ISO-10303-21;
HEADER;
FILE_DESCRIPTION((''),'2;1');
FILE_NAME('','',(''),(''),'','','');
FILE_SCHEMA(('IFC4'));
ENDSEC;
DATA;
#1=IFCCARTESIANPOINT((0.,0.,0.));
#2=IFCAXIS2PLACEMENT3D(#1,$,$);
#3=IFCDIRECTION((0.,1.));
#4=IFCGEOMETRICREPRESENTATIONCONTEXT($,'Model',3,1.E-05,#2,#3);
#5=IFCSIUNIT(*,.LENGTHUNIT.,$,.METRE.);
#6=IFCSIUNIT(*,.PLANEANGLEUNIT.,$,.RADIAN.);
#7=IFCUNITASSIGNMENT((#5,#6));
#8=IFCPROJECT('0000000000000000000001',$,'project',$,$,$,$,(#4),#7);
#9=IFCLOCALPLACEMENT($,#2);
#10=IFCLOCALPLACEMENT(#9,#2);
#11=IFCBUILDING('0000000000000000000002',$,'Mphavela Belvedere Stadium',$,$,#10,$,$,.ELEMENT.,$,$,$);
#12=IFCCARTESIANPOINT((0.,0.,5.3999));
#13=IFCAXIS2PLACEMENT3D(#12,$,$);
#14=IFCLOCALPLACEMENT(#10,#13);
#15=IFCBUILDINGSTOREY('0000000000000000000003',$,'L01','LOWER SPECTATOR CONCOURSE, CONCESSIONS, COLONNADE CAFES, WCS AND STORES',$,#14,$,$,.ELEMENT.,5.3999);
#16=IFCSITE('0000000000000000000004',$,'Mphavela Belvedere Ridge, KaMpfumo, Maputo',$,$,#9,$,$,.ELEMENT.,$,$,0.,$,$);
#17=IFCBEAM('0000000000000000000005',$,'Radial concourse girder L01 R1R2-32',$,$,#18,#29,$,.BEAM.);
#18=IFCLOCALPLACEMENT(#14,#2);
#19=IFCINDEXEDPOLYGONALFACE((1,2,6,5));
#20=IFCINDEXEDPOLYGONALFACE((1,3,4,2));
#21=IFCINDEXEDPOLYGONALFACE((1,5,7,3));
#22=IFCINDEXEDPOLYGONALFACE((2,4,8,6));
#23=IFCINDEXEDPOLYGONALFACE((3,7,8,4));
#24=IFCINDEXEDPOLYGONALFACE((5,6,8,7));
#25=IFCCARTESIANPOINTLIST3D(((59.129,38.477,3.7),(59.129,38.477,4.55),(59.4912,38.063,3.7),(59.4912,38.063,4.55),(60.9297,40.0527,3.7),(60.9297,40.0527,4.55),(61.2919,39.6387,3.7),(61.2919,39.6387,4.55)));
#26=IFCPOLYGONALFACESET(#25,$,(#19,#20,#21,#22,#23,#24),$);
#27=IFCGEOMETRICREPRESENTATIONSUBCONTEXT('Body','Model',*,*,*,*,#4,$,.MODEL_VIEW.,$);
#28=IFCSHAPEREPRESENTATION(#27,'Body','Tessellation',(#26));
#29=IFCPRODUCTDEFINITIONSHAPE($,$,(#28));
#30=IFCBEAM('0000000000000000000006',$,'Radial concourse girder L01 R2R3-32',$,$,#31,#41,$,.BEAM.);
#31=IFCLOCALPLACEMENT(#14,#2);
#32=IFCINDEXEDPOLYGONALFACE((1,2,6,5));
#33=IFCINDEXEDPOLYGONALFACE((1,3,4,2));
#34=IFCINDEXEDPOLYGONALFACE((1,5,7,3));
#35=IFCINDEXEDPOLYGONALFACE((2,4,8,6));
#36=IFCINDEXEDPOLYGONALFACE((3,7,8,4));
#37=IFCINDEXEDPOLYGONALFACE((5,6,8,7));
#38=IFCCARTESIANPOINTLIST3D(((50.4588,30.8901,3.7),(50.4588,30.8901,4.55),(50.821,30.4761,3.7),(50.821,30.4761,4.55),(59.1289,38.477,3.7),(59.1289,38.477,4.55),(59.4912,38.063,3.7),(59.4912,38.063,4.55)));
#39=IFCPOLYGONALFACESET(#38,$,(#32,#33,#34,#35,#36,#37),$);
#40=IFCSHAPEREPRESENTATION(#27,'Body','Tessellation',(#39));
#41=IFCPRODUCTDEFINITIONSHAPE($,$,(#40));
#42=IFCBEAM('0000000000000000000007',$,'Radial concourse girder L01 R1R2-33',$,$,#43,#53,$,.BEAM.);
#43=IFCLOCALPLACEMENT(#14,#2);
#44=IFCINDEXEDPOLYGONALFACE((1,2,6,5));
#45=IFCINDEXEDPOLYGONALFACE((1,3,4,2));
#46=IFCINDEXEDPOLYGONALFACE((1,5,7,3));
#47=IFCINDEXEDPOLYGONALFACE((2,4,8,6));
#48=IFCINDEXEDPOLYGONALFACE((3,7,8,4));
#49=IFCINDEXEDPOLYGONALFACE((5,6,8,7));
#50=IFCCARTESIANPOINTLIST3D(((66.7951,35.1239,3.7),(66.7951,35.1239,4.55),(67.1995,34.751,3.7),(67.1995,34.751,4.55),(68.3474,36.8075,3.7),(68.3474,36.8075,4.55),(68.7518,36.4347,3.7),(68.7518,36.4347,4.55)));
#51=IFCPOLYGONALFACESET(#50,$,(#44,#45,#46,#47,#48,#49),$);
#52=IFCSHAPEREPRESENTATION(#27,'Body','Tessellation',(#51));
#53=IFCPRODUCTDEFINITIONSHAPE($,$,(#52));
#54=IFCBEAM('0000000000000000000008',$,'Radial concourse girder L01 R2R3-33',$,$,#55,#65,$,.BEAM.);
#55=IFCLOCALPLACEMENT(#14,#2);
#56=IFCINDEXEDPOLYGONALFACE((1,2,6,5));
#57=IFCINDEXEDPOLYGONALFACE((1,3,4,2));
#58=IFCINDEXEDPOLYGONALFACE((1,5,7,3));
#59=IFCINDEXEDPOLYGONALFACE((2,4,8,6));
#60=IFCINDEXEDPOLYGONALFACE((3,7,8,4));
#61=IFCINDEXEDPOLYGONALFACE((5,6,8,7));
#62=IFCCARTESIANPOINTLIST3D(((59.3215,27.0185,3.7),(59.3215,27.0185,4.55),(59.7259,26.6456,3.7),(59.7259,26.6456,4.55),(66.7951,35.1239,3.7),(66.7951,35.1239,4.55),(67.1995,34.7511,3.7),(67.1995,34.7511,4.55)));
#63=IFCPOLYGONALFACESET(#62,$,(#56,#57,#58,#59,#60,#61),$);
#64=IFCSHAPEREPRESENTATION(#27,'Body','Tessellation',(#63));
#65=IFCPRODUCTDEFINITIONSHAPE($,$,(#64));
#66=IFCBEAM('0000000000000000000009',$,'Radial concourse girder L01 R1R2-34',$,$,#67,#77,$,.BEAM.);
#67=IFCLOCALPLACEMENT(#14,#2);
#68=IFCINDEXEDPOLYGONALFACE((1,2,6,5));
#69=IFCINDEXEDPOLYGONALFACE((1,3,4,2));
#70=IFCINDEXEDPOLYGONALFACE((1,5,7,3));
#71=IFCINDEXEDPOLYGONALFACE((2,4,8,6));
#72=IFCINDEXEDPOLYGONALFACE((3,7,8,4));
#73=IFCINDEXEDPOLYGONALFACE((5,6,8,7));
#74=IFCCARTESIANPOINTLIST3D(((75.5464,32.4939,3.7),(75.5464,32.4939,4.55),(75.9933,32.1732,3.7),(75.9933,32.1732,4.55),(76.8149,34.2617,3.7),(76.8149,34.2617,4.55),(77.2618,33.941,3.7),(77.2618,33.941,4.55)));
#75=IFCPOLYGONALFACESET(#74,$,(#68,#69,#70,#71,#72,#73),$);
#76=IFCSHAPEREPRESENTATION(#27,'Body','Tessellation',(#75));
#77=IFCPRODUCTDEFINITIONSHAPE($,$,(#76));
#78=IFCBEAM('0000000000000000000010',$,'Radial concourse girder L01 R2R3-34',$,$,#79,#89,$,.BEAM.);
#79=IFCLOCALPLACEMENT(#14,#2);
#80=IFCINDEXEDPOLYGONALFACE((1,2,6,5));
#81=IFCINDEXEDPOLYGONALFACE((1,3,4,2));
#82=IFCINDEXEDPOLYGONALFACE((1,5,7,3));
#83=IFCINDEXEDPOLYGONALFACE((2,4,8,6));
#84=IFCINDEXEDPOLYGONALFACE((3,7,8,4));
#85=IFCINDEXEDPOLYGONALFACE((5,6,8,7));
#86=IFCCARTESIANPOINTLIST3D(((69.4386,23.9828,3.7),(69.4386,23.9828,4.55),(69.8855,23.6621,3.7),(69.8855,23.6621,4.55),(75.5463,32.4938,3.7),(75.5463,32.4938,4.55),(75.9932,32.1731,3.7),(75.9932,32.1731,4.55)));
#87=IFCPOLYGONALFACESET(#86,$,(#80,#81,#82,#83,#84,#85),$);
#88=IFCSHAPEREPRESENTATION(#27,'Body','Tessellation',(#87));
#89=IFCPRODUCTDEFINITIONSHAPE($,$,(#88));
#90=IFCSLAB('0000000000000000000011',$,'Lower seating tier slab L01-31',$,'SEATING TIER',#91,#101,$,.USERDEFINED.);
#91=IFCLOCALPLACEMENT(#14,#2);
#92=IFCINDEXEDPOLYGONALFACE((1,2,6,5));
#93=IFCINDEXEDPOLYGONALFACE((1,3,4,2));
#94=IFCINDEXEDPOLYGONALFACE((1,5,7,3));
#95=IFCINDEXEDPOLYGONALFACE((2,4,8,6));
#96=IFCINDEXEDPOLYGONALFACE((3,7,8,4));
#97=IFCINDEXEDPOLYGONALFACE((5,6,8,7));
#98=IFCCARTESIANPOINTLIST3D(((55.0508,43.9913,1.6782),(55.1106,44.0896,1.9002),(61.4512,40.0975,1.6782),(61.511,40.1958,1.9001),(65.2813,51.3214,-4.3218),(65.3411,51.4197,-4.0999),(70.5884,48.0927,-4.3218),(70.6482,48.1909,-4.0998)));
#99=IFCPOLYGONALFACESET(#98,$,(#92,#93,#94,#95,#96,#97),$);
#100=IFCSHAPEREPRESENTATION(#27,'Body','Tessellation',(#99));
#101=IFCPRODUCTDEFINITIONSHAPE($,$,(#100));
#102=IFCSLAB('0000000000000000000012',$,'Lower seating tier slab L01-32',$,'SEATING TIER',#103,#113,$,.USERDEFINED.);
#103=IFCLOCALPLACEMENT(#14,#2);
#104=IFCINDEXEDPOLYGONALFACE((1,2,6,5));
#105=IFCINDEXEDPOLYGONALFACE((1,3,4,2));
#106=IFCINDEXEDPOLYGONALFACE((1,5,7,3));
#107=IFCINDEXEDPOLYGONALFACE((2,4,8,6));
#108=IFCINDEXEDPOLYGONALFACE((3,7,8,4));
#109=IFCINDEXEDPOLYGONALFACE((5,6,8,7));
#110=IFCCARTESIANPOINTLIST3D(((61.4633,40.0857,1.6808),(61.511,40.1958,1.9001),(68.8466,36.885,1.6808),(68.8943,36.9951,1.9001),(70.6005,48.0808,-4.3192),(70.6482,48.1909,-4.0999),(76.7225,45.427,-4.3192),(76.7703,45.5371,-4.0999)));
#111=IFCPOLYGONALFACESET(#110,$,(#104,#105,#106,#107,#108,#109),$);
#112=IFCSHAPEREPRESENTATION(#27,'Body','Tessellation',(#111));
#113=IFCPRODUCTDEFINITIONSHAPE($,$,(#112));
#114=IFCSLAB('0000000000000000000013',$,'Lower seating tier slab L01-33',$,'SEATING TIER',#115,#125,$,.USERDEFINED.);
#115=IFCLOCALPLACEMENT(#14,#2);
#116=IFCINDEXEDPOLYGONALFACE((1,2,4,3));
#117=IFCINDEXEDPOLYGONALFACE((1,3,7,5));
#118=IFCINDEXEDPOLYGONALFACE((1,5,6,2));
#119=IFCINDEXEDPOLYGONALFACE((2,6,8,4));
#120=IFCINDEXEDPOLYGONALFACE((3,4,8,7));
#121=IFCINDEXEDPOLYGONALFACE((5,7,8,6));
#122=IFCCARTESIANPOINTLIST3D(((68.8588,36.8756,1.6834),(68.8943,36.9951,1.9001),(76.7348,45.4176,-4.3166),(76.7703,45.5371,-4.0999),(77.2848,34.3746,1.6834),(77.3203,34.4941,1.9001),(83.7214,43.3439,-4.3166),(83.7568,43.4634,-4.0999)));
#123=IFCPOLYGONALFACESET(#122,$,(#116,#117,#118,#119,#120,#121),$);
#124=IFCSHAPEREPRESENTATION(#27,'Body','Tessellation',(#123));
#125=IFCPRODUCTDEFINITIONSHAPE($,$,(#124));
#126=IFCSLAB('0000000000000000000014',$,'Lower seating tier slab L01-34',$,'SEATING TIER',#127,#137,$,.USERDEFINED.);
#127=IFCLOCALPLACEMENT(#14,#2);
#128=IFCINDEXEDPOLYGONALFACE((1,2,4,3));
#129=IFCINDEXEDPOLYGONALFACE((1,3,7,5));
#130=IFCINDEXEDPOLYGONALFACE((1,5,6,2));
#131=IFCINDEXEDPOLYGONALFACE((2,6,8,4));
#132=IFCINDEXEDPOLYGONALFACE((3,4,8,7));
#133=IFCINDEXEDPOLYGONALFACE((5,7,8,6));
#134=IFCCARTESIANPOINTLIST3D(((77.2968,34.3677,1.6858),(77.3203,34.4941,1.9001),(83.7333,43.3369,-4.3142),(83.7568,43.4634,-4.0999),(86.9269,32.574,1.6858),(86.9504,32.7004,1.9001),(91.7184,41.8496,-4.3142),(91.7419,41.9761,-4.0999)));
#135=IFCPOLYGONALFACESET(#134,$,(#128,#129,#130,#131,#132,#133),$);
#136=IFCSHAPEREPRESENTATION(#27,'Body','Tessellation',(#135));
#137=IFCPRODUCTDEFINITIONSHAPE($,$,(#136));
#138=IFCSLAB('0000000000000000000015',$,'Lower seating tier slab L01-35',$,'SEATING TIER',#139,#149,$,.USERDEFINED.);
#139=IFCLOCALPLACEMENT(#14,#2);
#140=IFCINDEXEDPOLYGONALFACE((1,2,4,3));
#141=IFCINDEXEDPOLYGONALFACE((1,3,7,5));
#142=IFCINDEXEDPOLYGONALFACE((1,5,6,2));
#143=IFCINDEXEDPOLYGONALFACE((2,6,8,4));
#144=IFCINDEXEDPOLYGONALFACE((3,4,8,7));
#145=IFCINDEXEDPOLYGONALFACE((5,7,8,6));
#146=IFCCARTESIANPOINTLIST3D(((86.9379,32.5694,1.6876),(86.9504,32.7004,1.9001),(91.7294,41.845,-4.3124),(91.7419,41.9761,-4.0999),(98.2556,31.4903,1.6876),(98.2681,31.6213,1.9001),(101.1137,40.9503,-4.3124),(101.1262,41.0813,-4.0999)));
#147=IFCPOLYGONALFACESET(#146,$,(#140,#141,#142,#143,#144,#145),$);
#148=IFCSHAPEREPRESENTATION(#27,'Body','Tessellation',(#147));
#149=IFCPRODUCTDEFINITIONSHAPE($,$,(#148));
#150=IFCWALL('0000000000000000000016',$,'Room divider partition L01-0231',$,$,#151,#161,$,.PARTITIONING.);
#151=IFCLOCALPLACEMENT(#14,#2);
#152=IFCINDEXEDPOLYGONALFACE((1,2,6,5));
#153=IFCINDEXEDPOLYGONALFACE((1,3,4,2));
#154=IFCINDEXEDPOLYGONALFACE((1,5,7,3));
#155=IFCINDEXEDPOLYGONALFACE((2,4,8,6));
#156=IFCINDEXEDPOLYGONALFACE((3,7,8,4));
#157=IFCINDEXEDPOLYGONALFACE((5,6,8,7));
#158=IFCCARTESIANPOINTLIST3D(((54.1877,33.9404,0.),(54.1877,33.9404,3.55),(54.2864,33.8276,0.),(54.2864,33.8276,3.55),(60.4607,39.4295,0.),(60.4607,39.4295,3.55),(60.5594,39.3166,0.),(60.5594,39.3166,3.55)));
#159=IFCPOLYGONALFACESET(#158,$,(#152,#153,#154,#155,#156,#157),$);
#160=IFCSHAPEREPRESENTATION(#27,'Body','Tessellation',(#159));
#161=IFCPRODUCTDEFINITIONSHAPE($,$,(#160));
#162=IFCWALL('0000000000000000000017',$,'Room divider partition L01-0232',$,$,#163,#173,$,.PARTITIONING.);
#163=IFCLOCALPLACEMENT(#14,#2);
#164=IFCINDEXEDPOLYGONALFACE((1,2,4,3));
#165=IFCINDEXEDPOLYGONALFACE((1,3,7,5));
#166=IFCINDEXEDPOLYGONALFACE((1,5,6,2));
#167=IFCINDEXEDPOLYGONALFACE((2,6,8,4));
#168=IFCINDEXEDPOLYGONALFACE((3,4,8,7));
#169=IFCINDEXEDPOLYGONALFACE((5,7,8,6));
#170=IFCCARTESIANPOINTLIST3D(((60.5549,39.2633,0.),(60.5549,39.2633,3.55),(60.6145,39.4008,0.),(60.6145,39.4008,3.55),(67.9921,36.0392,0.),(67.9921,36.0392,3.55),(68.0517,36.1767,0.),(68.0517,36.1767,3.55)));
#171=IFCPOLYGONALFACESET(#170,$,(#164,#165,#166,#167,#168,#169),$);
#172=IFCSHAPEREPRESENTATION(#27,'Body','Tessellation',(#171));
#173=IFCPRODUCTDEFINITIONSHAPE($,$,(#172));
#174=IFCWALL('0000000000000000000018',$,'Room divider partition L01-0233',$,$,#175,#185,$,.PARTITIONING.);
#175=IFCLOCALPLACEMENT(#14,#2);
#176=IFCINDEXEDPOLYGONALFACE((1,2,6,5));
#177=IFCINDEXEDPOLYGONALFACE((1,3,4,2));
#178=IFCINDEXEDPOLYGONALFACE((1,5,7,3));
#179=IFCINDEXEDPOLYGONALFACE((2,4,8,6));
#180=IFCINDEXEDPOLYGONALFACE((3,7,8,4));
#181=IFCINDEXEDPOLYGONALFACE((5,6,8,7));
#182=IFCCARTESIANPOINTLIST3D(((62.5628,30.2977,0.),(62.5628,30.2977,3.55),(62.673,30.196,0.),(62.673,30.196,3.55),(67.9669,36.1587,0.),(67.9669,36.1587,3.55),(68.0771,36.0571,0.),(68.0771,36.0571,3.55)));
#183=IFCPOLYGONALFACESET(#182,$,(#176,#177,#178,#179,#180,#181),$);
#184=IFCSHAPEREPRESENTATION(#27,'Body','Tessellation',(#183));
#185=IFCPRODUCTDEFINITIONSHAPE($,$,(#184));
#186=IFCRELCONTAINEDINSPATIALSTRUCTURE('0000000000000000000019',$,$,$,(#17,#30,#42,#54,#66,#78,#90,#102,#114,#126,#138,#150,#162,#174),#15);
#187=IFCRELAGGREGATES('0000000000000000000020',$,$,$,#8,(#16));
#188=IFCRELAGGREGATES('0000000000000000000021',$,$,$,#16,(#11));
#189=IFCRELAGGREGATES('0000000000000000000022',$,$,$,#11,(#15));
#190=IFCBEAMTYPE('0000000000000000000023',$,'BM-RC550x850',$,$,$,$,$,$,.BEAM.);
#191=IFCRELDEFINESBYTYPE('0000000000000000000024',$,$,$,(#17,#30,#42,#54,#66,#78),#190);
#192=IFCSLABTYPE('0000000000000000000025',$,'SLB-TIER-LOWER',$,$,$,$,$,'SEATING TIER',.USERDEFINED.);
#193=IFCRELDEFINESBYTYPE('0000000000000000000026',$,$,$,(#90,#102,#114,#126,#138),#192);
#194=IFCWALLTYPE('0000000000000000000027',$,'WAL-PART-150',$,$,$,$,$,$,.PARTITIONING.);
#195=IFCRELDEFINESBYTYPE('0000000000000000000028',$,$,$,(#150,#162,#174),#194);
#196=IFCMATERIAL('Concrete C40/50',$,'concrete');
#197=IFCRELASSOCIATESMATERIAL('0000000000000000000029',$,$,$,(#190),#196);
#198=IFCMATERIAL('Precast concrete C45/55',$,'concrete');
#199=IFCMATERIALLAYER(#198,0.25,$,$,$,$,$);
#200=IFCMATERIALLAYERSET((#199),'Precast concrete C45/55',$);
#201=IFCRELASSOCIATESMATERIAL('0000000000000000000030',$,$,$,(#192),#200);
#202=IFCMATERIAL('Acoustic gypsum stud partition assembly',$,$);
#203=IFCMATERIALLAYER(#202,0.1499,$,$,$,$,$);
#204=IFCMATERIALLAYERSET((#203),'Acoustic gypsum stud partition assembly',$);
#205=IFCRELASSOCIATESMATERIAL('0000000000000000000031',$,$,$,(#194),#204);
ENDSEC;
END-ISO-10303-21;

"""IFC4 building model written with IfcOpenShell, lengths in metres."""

from ifc_helpers import new_model, si_unit, direction, frame, frame_2d, origin, origin_2d, place, context, subcontext, project, spatial, polyline, rectangle, outline, extrude, material, layer, layer_set, material_profile, profile_set, type_object, element, save


model = new_model("IFC4")

# Units and contexts
model_context = context("Model", 3, precision=1e-05, world=origin(), true_north=direction((0.0, 1.0)))
body_context = subcontext(model_context, "Body", "Model", "MODEL_VIEW")
ifc_project = project(units=[si_unit("LENGTHUNIT", "METRE"), si_unit("PLANEANGLEUNIT", "RADIAN")], contexts=[model_context])

# Site, building, storey
site_placement = place(None, origin())
site = spatial("IfcSite", under=ifc_project, at=site_placement, Name="Mphavela Belvedere Ridge, KaMpfumo, Maputo", CompositionType="ELEMENT", RefElevation=0.0)
building_placement = place(site_placement, origin())
building = spatial("IfcBuilding", under=site, at=building_placement, Name="Mphavela Belvedere Stadium", CompositionType="ELEMENT")
storey_placement = place(building_placement, frame((0.0, 0.0, 5.3999)))
storey = spatial("IfcBuildingStorey", under=building, at=storey_placement, Name="L01", Description="LOWER SPECTATOR CONCOURSE, CONCESSIONS, COLONNADE CAFES, WCS AND STORES", CompositionType="ELEMENT", Elevation=5.3999)

# Beams
ifc_material_1 = material(Name="Concrete C40/50", Category="concrete")
ifc_material_profile_1 = material_profile(ifc_material_1, rectangle(XDim=0.55, YDim=0.8501, at=origin_2d()), Name="RC 550x850")
ifc_profile_set_1 = profile_set([ifc_material_profile_1], Name="Concrete C40/50")
beam_type_1 = type_object("IfcBeamType", Name="BM-RC550x850", PredefinedType="BEAM", material=ifc_profile_set_1)
beam_1_placement = place(storey_placement, frame((61.1108, 39.8457, 4.125), z_axis=(-0.752577, -0.658505, 0.0), x_axis=(0.658505, -0.752577, 0.0)))
element("IfcBeam", 1, at=beam_1_placement, inside=storey, type_object=beam_type_1, Name="Radial concourse girder L01 R1R2-32", PredefinedType="BEAM", context=body_context, shape_type="SweptSolid", body=[
    extrude(rectangle(XDim=0.55, YDim=0.8501, at=origin_2d()), origin(), (0.0, 0.0, 1.0), 2.3928),
])
beam_2_placement = place(storey_placement, frame((59.3101, 38.27, 4.125), z_axis=(-0.752554, -0.65853, 0.0), x_axis=(0.65853, -0.752554, 0.0)))
element("IfcBeam", 2, at=beam_2_placement, inside=storey, type_object=beam_type_1, Name="Radial concourse girder L01 R2R3-32", PredefinedType="BEAM", context=body_context, shape_type="SweptSolid", body=[
    extrude(rectangle(XDim=0.55, YDim=0.8501, at=origin_2d()), origin(), (0.0, 0.0, 1.0), 11.521),
])
beam_3_placement = place(storey_placement, frame((68.5496, 36.6211, 4.125), z_axis=(-0.677846, -0.735204, 0.0), x_axis=(0.735204, -0.677846, 0.0)))
element("IfcBeam", 3, at=beam_3_placement, inside=storey, type_object=beam_type_1, Name="Radial concourse girder L01 R1R2-33", PredefinedType="BEAM", context=body_context, shape_type="SweptSolid", body=[
    extrude(rectangle(XDim=0.55, YDim=0.8501, at=origin_2d()), origin(), (0.0, 0.0, 1.0), 2.29),
])
beam_4_placement = place(storey_placement, frame((66.9973, 34.9375, 4.125), z_axis=(-0.677872, -0.73518, 0.0), x_axis=(0.73518, -0.677872, 0.0)))
element("IfcBeam", 4, at=beam_4_placement, inside=storey, type_object=beam_type_1, Name="Radial concourse girder L01 R2R3-33", PredefinedType="BEAM", context=body_context, shape_type="SweptSolid", body=[
    extrude(rectangle(XDim=0.55, YDim=0.8501, at=origin_2d()), origin(), (0.0, 0.0, 1.0), 11.0251),
])
beam_5_placement = place(storey_placement, frame((77.0383, 34.1013, 4.125), z_axis=(-0.583009, -0.812465, 0.0), x_axis=(0.812465, -0.583009, 0.0)))
element("IfcBeam", 5, at=beam_5_placement, inside=storey, type_object=beam_type_1, Name="Radial concourse girder L01 R1R2-34", PredefinedType="BEAM", context=body_context, shape_type="SweptSolid", body=[
    extrude(rectangle(XDim=0.55, YDim=0.8501, at=origin_2d()), origin(), (0.0, 0.0, 1.0), 2.1758),
])
beam_6_placement = place(storey_placement, frame((75.7698, 32.3335, 4.125), z_axis=(-0.583031, -0.81245, 0.0), x_axis=(0.81245, -0.583031, 0.0)))
element("IfcBeam", 6, at=beam_6_placement, inside=storey, type_object=beam_type_1, Name="Radial concourse girder L01 R2R3-34", PredefinedType="BEAM", context=body_context, shape_type="SweptSolid", body=[
    extrude(rectangle(XDim=0.55, YDim=0.8501, at=origin_2d()), origin(), (0.0, 0.0, 1.0), 10.4758),
])

# Slabs
ifc_material_2 = material(Name="Precast concrete C45/55", Category="concrete")
ifc_layer_1 = layer(ifc_material_2, 0.25)
ifc_layer_set_1 = layer_set([ifc_layer_1], Name="Precast concrete C45/55")
slab_type = type_object("IfcSlabType", Name="SLB-TIER-LOWER", ElementType="SEATING TIER", PredefinedType="USERDEFINED", material=ifc_layer_set_1)
slab_1_placement = place(storey_placement, frame((65.3411, 51.4197, -4.0999), z_axis=(0.239118, 0.393043, 0.887885), x_axis=(0.854318, -0.51975, 0.000002)))
element("IfcSlab", 7, at=slab_1_placement, inside=storey, type_object=slab_type, Name="Lower seating tier slab L01-31", ObjectType="SEATING TIER", PredefinedType="USERDEFINED", context=body_context, shape_type="SweptSolid", body=[
    extrude(outline(polyline([(0.0, 0.0), (6.2121, 0.0), (2.5615, -13.0416), (-4.9303, -13.0417), (0.0, 0.0)])), origin(), (0.0, 0.0, -1.0), 0.25),
])
slab_2_placement = place(storey_placement, frame((70.6482, 48.1909, -4.0999), z_axis=(0.190859, 0.440281, 0.87734), x_axis=(0.917505, -0.397724, -0.000004)))
element("IfcSlab", 8, at=slab_2_placement, inside=storey, type_object=slab_type, Name="Lower seating tier slab L01-32", ObjectType="SEATING TIER", PredefinedType="USERDEFINED", context=body_context, shape_type="SweptSolid", body=[
    extrude(outline(polyline([(0.0, 0.0), (6.6725, 0.0), (2.8436, -12.5034), (-5.2036, -12.5033), (0.0, 0.0)])), origin(), (0.0, 0.0, -1.0), 0.25),
])
slab_3_placement = place(storey_placement, frame((76.7703, 45.5371, -4.0999), z_axis=(0.141887, 0.478031, 0.866807), x_axis=(0.958662, -0.284547, 0.0)))
element("IfcSlab", 9, at=slab_3_placement, inside=storey, type_object=slab_type, Name="Lower seating tier slab L01-33", ObjectType="SEATING TIER", PredefinedType="USERDEFINED", context=body_context, shape_type="SweptSolid", body=[
    extrude(outline(polyline([(0.0, 0.0), (7.2878, 0.0), (3.6696, -12.0326), (-5.1198, -12.0326), (0.0, 0.0)])), origin(), (0.0, 0.0, -1.0), 0.25),
])
slab_4_placement = place(storey_placement, frame((83.7568, 43.4634, -4.0999), z_axis=(0.094236, 0.505939, 0.857406), x_axis=(0.983092, -0.183111, 0.0)))
element("IfcSlab", 10, at=slab_4_placement, inside=storey, type_object=slab_type, Name="Lower seating tier slab L01-34", ObjectType="SEATING TIER", PredefinedType="USERDEFINED", context=body_context, shape_type="SweptSolid", body=[
    extrude(outline(polyline([(0.0, 0.0), (8.1224, 0.0), (5.1104, -11.6586), (-4.6853, -11.6586), (0.0, 0.0)])), origin(), (0.0, 0.0, -1.0), 0.25),
])
slab_5_placement = place(storey_placement, frame((91.7419, 41.9761, -4.0999), z_axis=(0.049974, 0.524125, 0.850174), x_axis=(0.995485, -0.094918, 0.0)))
element("IfcSlab", 11, at=slab_5_placement, inside=storey, type_object=slab_type, Name="Lower seating tier slab L01-35", ObjectType="SEATING TIER", PredefinedType="USERDEFINED", context=body_context, shape_type="SweptSolid", body=[
    extrude(outline(polyline([(0.0, 0.0), (9.4268, 0.0), (7.4795, -11.396), (-3.8894, -11.396), (0.0, 0.0)])), origin(), (0.0, 0.0, -1.0), 0.25),
])

# Walls
ifc_material_3 = material(Name="Acoustic gypsum stud partition assembly")
ifc_layer_2 = layer(ifc_material_3, 0.1499)
ifc_layer_set_2 = layer_set([ifc_layer_2], Name="Acoustic gypsum stud partition assembly")
wall_type = type_object("IfcWallType", Name="WAL-PART-150", PredefinedType="PARTITIONING", material=ifc_layer_set_2)
wall_1_placement = place(storey_placement, frame((60.51, 39.373, 0.0), z_axis=(0.0, 0.0, 1.0), x_axis=(-0.752566, -0.658517, 0.0)))
element("IfcWall", 12, at=wall_1_placement, inside=storey, type_object=wall_type, Name="Room divider partition L01-0231", PredefinedType="PARTITIONING", context=body_context, shape_type="SweptSolid", body=[
    extrude(rectangle(XDim=8.3354, YDim=0.1499, at=frame_2d((4.1677, 0.0))), origin(), (0.0, 0.0, 1.0), 3.55),
])
wall_2_placement = place(storey_placement, frame((60.5847, 39.332, 0.0), z_axis=(0.0, 0.0, 1.0), x_axis=(0.917497, -0.397744, 0.0)))
element("IfcWall", 13, at=wall_2_placement, inside=storey, type_object=wall_type, Name="Room divider partition L01-0232", PredefinedType="PARTITIONING", context=body_context, shape_type="SweptSolid", body=[
    extrude(rectangle(XDim=8.106, YDim=0.1499, at=frame_2d((4.053, 0.0))), origin(), (0.0, 0.0, 1.0), 3.55),
])
wall_3_placement = place(storey_placement, frame((68.022, 36.1079, 0.0), z_axis=(0.0, 0.0, 1.0), x_axis=(-0.677862, -0.73519, 0.0)))
element("IfcWall", 14, at=wall_3_placement, inside=storey, type_object=wall_type, Name="Room divider partition L01-0233", PredefinedType="PARTITIONING", context=body_context, shape_type="SweptSolid", body=[
    extrude(rectangle(XDim=7.9722, YDim=0.1499, at=frame_2d((3.9861, 0.0))), origin(), (0.0, 0.0, 1.0), 3.55),
])

save(model, "model.ifc")
